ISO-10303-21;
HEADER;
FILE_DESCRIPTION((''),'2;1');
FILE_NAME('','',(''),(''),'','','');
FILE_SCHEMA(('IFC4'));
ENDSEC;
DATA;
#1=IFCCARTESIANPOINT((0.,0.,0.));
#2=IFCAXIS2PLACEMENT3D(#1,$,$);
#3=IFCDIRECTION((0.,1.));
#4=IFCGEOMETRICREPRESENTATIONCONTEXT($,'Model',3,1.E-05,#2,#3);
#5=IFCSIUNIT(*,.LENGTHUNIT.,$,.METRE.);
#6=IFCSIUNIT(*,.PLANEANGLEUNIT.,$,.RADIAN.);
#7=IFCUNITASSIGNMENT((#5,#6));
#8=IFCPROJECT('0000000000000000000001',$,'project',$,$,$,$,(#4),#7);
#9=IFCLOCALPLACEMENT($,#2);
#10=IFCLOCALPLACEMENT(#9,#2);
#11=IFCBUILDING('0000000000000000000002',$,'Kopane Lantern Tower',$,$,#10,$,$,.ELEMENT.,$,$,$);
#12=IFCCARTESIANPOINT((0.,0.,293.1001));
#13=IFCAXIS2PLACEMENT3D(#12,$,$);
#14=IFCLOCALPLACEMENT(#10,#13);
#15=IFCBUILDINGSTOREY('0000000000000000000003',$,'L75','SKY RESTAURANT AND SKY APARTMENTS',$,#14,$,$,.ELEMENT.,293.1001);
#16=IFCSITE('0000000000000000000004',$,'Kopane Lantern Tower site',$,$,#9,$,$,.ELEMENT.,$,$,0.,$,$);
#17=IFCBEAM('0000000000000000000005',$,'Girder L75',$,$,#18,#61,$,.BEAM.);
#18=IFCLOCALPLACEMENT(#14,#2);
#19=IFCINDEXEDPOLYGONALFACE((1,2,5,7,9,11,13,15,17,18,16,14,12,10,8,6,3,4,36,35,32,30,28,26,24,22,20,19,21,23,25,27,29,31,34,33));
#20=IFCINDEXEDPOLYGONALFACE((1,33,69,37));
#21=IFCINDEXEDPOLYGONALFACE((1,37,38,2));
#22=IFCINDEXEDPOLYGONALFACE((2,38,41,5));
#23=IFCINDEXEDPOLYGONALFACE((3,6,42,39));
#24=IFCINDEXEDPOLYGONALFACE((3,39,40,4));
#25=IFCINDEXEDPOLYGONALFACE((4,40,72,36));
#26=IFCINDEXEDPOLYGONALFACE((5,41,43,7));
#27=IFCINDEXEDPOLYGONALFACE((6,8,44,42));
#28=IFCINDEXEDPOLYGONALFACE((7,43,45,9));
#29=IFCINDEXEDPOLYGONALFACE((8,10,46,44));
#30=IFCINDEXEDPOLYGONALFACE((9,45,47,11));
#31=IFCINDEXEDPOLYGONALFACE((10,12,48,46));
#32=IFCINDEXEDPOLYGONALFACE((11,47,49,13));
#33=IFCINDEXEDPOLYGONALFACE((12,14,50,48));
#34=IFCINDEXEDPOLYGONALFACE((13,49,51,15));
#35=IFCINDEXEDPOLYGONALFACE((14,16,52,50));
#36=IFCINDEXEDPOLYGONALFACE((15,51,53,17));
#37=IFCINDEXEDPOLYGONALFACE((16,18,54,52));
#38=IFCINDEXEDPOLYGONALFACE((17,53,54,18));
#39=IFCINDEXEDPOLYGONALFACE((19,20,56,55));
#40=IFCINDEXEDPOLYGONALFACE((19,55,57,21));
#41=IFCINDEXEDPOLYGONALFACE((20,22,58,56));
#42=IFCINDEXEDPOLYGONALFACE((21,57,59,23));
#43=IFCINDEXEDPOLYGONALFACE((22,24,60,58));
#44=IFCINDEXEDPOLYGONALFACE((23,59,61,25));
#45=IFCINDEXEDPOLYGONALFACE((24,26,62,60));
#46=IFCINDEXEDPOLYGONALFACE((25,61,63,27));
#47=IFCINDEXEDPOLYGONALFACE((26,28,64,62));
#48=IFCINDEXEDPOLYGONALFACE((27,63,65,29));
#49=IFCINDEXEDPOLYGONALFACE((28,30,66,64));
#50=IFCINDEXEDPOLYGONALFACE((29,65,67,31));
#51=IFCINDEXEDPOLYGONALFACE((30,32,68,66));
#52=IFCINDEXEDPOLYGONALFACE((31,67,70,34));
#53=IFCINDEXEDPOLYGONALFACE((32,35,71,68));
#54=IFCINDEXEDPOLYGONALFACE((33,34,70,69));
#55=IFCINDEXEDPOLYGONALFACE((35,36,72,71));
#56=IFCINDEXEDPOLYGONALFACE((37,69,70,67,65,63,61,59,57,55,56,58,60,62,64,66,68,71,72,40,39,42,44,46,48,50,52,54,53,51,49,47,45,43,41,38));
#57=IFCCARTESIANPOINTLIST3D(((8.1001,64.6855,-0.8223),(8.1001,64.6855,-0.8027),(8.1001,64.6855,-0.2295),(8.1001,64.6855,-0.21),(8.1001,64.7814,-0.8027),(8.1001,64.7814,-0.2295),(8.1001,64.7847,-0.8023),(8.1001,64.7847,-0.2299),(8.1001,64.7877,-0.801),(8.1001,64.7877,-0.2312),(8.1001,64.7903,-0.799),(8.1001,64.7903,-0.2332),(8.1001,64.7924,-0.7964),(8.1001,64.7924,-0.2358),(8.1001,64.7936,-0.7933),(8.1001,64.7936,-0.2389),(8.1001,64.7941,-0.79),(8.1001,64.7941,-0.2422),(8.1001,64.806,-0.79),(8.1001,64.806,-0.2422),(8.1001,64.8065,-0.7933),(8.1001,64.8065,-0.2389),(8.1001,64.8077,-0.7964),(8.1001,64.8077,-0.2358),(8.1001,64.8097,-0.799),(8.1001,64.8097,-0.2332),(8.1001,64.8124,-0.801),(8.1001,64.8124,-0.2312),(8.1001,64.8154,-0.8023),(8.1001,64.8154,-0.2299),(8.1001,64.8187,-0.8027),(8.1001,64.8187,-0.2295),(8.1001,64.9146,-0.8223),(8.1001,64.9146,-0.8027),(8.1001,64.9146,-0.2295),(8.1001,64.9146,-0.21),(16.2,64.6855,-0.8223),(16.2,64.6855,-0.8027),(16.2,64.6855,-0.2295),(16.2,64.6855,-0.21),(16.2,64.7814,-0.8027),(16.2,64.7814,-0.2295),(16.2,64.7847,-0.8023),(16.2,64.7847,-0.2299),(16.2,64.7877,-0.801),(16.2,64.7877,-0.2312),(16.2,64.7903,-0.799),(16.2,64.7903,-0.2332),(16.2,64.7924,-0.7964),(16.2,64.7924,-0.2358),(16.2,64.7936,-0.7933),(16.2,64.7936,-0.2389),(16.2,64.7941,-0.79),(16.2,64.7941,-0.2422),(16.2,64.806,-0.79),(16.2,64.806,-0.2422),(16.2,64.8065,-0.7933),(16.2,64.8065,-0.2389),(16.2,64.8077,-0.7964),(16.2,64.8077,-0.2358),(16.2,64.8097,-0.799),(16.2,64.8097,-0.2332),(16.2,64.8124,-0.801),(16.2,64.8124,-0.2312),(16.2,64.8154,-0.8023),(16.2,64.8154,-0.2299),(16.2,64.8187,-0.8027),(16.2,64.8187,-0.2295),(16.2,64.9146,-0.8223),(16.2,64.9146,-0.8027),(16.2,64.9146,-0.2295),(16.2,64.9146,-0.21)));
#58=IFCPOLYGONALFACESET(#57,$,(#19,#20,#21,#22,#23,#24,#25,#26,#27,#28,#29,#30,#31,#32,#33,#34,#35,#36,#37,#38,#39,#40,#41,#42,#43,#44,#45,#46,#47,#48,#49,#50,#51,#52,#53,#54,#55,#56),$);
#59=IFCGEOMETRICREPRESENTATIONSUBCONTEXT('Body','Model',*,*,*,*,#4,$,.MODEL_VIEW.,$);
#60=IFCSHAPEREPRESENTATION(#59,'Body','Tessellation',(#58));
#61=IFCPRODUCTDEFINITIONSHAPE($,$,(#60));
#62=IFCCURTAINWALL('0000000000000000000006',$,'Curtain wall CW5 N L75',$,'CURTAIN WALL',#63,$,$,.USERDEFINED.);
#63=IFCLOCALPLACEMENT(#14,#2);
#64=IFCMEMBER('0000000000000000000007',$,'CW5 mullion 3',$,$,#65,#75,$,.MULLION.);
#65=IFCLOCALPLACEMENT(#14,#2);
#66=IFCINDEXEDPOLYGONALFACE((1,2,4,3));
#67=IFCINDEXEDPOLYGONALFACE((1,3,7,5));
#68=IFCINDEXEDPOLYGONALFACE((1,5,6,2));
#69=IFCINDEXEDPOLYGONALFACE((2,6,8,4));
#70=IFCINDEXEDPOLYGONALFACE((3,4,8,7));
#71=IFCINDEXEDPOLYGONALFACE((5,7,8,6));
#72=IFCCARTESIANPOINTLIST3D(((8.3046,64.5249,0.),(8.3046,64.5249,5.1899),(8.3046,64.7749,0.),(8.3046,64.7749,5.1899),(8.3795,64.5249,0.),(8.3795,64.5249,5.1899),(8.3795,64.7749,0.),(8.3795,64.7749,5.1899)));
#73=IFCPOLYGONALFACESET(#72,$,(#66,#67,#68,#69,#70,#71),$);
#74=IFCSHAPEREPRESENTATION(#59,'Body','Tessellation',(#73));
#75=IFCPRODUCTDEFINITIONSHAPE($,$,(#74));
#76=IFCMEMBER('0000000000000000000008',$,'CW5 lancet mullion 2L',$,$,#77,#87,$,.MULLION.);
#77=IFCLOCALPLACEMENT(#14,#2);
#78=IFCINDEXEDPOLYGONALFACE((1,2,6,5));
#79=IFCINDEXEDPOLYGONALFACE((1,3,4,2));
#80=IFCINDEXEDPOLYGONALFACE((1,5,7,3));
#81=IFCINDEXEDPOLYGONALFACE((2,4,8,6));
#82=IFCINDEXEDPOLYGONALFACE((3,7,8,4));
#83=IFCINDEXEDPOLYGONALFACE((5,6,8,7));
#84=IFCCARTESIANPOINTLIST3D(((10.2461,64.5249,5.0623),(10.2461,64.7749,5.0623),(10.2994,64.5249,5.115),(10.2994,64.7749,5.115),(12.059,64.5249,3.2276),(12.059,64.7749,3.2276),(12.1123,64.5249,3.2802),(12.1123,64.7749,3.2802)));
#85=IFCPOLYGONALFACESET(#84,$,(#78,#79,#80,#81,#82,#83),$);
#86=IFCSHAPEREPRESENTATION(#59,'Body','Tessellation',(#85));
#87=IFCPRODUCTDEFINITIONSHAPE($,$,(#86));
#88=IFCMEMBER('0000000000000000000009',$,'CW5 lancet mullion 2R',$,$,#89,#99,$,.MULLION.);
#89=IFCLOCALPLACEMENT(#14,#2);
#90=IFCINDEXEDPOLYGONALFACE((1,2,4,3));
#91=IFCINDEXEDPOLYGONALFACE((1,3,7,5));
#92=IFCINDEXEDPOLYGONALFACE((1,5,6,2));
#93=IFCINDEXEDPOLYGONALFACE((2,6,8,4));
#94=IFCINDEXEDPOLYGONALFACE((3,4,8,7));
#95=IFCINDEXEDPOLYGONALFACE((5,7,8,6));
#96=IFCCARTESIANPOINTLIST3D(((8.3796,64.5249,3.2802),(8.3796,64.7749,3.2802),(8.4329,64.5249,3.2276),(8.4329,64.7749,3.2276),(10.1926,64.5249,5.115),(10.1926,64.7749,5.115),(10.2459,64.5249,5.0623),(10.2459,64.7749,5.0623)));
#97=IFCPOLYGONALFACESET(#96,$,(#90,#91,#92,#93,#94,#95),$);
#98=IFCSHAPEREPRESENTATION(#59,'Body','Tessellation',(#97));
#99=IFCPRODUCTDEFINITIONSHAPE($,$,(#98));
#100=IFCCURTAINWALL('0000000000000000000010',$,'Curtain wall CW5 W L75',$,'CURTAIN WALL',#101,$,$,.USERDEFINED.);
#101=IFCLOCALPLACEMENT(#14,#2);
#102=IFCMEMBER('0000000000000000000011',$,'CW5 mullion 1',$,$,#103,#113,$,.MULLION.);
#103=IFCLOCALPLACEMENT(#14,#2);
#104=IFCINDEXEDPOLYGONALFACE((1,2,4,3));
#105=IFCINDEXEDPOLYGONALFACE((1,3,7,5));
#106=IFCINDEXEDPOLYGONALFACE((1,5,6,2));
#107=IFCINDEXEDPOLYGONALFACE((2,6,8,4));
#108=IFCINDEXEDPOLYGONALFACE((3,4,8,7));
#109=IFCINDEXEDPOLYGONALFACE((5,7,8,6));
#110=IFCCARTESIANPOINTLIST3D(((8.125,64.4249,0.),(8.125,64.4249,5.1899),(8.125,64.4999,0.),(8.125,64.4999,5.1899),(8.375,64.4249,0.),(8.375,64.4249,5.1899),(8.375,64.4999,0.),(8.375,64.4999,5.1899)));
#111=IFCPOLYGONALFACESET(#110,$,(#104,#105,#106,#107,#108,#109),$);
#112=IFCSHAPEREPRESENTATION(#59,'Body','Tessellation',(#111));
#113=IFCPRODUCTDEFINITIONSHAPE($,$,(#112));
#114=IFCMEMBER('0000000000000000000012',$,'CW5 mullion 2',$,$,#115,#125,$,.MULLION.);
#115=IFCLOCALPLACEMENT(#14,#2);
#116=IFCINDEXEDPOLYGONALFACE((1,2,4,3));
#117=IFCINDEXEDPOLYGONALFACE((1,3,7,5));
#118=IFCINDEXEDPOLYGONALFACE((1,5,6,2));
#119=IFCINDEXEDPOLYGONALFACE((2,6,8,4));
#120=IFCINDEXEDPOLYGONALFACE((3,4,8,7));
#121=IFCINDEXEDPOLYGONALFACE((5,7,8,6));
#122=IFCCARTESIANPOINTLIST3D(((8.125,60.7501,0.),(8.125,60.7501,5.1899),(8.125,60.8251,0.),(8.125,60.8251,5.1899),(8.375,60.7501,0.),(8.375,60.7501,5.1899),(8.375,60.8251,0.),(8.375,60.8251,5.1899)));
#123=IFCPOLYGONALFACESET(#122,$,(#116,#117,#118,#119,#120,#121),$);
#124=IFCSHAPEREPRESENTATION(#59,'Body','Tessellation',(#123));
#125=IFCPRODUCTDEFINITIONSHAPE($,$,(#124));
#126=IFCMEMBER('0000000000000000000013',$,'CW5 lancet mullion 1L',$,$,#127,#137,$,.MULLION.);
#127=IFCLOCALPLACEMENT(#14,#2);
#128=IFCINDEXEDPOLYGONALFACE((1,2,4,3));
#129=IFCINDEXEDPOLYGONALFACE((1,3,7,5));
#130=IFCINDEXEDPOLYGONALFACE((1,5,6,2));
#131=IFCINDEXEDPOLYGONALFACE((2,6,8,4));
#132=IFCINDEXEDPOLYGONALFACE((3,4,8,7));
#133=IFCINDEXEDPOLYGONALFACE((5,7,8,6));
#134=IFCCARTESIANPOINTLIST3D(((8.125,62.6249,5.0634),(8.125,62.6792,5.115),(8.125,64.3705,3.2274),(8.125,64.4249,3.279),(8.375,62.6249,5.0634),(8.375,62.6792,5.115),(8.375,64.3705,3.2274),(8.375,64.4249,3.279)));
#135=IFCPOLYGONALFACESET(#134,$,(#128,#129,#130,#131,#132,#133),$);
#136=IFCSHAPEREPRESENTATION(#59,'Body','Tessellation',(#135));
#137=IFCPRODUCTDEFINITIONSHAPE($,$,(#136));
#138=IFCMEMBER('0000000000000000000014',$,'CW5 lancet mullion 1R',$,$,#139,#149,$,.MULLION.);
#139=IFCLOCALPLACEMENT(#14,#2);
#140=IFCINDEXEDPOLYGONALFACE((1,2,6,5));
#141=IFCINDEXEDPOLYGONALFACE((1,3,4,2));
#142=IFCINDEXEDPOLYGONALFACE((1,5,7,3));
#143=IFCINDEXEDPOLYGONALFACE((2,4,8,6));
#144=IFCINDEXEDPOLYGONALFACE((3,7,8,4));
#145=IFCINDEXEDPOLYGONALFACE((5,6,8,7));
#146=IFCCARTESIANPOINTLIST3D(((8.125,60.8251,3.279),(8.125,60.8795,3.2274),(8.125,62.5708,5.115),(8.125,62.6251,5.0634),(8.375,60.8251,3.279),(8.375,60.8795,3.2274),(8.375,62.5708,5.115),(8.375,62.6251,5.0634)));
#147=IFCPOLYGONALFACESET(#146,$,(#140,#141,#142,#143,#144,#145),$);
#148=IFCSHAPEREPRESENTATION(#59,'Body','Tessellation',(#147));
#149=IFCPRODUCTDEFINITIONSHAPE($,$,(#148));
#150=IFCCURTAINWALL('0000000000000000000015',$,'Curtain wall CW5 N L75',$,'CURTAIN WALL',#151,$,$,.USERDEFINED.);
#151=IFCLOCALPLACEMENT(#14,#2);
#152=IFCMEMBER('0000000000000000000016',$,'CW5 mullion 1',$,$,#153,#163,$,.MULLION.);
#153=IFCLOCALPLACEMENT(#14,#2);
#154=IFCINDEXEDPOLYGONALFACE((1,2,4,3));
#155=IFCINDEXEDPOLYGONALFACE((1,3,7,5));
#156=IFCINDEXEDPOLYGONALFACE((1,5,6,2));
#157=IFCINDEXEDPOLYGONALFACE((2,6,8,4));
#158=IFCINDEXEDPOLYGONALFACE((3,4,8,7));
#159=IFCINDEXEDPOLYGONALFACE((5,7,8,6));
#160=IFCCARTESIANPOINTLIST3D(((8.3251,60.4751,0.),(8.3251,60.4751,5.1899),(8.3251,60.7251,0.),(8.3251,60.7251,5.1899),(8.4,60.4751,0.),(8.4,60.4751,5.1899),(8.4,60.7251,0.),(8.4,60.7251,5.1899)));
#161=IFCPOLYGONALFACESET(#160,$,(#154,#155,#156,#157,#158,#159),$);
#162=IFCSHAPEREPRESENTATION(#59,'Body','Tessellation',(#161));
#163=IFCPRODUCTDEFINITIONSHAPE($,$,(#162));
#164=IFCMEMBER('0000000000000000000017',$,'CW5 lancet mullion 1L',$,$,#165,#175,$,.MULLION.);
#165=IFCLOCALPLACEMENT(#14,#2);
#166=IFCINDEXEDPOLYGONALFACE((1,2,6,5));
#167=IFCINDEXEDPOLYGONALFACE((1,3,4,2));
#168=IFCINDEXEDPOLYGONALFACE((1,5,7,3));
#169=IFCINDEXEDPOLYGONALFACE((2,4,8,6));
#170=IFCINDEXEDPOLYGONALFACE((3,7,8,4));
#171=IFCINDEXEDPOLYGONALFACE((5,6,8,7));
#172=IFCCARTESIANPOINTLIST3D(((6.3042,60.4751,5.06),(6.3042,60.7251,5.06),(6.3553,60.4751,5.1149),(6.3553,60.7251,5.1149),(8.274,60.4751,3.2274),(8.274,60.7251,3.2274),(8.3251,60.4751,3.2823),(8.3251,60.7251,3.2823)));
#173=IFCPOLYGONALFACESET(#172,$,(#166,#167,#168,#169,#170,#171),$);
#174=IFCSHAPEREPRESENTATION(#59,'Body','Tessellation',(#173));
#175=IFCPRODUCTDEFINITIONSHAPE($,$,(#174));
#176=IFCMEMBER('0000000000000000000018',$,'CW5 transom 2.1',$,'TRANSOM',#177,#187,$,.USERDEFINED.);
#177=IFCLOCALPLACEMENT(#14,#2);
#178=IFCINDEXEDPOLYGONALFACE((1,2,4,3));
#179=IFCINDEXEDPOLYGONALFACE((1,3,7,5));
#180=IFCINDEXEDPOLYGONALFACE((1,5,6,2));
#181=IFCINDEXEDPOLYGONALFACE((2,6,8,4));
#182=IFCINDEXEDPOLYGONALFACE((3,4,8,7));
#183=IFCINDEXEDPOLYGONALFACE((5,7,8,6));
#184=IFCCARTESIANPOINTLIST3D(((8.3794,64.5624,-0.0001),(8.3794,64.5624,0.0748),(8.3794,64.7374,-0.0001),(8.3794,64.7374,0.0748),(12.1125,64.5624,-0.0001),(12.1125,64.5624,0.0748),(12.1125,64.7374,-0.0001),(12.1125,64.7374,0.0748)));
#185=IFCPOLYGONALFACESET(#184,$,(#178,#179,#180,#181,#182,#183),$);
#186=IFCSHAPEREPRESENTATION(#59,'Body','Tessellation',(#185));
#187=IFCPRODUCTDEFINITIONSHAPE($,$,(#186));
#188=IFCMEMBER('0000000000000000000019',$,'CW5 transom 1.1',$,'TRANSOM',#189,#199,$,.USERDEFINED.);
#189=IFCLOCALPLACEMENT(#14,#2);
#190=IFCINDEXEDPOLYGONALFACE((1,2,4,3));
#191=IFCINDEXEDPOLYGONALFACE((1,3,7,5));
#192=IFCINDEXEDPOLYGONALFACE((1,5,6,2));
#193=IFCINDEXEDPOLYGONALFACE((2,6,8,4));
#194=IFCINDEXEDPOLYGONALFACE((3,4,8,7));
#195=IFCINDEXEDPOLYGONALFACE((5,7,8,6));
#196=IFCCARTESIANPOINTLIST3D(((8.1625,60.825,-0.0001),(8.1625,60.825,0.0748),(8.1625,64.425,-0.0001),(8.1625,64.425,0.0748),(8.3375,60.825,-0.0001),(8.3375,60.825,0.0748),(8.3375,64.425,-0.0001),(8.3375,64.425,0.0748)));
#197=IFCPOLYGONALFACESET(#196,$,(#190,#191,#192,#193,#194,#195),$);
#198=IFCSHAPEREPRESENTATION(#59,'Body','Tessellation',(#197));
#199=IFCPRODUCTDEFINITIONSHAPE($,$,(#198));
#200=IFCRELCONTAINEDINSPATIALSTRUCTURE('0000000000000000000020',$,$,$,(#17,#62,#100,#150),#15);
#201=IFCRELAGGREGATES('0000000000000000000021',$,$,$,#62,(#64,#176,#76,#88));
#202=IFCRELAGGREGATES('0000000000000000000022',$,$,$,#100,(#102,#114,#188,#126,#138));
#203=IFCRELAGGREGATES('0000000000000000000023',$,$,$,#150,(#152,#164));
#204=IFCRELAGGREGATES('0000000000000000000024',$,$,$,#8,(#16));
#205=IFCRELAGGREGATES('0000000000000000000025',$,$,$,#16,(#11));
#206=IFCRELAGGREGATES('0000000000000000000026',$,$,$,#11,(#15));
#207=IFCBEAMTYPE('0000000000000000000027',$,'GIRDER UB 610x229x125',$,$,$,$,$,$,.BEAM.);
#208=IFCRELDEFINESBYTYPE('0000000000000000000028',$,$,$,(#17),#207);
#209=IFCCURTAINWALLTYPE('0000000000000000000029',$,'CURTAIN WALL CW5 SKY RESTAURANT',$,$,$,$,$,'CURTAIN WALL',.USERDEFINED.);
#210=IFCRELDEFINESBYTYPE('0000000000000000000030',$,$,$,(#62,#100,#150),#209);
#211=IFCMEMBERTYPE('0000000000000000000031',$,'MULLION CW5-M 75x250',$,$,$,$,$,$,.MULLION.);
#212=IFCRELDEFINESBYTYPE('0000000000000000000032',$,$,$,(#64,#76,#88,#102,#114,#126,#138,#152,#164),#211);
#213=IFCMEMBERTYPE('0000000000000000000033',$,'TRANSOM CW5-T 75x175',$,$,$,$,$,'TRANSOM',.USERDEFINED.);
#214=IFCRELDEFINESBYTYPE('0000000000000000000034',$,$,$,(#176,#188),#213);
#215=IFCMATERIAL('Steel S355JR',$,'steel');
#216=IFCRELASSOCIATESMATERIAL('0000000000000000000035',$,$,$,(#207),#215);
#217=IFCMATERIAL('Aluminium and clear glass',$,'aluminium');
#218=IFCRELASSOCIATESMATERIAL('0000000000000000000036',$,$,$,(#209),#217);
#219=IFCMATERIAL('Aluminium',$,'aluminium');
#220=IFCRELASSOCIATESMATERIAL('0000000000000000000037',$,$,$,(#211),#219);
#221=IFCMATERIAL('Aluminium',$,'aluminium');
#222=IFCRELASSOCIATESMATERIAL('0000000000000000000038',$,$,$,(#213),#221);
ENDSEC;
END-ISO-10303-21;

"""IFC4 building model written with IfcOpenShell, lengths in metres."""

from ifc_helpers import new_model, si_unit, direction, frame, origin, origin_2d, place, context, subcontext, project, spatial, rectangle, i_section, extrude, material, material_profile, profile_set, type_object, element, aggregate, save


model = new_model("IFC4")

# Units and contexts
model_context = context("Model", 3, precision=1e-05, world=origin(), true_north=direction((0.0, 1.0)))
body_context = subcontext(model_context, "Body", "Model", "MODEL_VIEW")
ifc_project = project(units=[si_unit("LENGTHUNIT", "METRE"), si_unit("PLANEANGLEUNIT", "RADIAN")], contexts=[model_context])

# Site, building, storey
site_placement = place(None, origin())
site = spatial("IfcSite", under=ifc_project, at=site_placement, Name="Kopane Lantern Tower site", CompositionType="ELEMENT", RefElevation=0.0)
building_placement = place(site_placement, origin())
building = spatial("IfcBuilding", under=site, at=building_placement, Name="Kopane Lantern Tower", CompositionType="ELEMENT")
storey_placement = place(building_placement, frame((0.0, 0.0, 293.1001)))
storey = spatial("IfcBuildingStorey", under=building, at=storey_placement, Name="L75", Description="SKY RESTAURANT AND SKY APARTMENTS", CompositionType="ELEMENT", Elevation=293.1001)

# Beam
ifc_material_1 = material(Name="Steel S355JR", Category="steel")
ifc_material_profile_1 = material_profile(ifc_material_1, i_section(OverallWidth=0.229, OverallDepth=0.6123, WebThickness=0.012, FlangeThickness=0.0195, FilletRadius=0.0127, at=origin_2d()), Name="UB 610x229x125")
ifc_profile_set_1 = profile_set([ifc_material_profile_1], Name="Steel S355JR")
beam_type = type_object("IfcBeamType", Name="GIRDER UB 610x229x125", PredefinedType="BEAM", material=ifc_profile_set_1)
beam_placement = place(storey_placement, frame((8.1001, 64.8, -0.5161), z_axis=(1.0, 0.0, 0.0), x_axis=(0.0, 1.0, 0.0)))
element("IfcBeam", 1, at=beam_placement, inside=storey, type_object=beam_type, Name="Girder L75", PredefinedType="BEAM", context=body_context, shape_type="SweptSolid", body=[
    extrude(i_section(OverallWidth=0.229, OverallDepth=0.6123, WebThickness=0.012, FlangeThickness=0.0195, FilletRadius=0.0127, at=origin_2d()), origin(), (0.0, 0.0, 1.0), 8.0999),
])

# Curtain walls, members
ifc_material_2 = material(Name="Aluminium and clear glass", Category="aluminium")
curtain_wall_type = type_object("IfcCurtainWallType", Name="CURTAIN WALL CW5 SKY RESTAURANT", ElementType="CURTAIN WALL", PredefinedType="USERDEFINED", material=ifc_material_2)
curtain_wall_1_placement = place(storey_placement, origin())
curtain_wall_1 = element("IfcCurtainWall", 2, at=curtain_wall_1_placement, inside=storey, type_object=curtain_wall_type, Name="Curtain wall CW5 N L75", ObjectType="CURTAIN WALL", PredefinedType="USERDEFINED")
ifc_material_3 = material(Name="Aluminium", Category="aluminium")
ifc_material_profile_2 = material_profile(ifc_material_3, rectangle(XDim=0.075, YDim=0.25, at=origin_2d()), Name="AL 75x250")
ifc_profile_set_2 = profile_set([ifc_material_profile_2], Name="Aluminium")
member_type_1 = type_object("IfcMemberType", Name="MULLION CW5-M 75x250", PredefinedType="MULLION", material=ifc_profile_set_2)
member_1_placement = place(storey_placement, frame((8.342, 64.6499, 0.0), z_axis=(0.0, 0.0, 1.0), x_axis=(-1.0, 0.0, 0.0)))
member_1 = element("IfcMember", 3, at=member_1_placement, type_object=member_type_1, Name="CW5 mullion 3", PredefinedType="MULLION", context=body_context, shape_type="SweptSolid", body=[
    extrude(rectangle(XDim=0.075, YDim=0.25, at=origin_2d()), origin(), (0.0, 0.0, 1.0), 5.1899),
])
member_2_placement = place(storey_placement, frame((12.0857, 64.6499, 3.2539), z_axis=(-0.702882, 0.0, 0.711306), x_axis=(0.711306, 0.0, 0.702882)))
member_2 = element("IfcMember", 4, at=member_2_placement, type_object=member_type_1, Name="CW5 lancet mullion 2L", PredefinedType="MULLION", context=body_context, shape_type="SweptSolid", body=[
    extrude(rectangle(XDim=0.075, YDim=0.25, at=origin_2d()), origin(), (0.0, 0.0, 1.0), 2.5793),
])
member_3_placement = place(storey_placement, frame((8.4062, 64.6499, 3.2539), z_axis=(0.702882, 0.0, 0.711306), x_axis=(-0.711306, 0.0, 0.702882)))
member_3 = element("IfcMember", 5, at=member_3_placement, type_object=member_type_1, Name="CW5 lancet mullion 2R", PredefinedType="MULLION", context=body_context, shape_type="SweptSolid", body=[
    extrude(rectangle(XDim=0.075, YDim=0.25, at=origin_2d()), origin(), (0.0, 0.0, 1.0), 2.5793),
])
curtain_wall_2_placement = place(storey_placement, origin())
curtain_wall_2 = element("IfcCurtainWall", 6, at=curtain_wall_2_placement, inside=storey, type_object=curtain_wall_type, Name="Curtain wall CW5 W L75", ObjectType="CURTAIN WALL", PredefinedType="USERDEFINED")
member_4_placement = place(storey_placement, frame((8.25, 64.4624, 0.0), z_axis=(0.0, 0.0, 1.0), x_axis=(0.0, -1.0, 0.0)))
member_4 = element("IfcMember", 7, at=member_4_placement, type_object=member_type_1, Name="CW5 mullion 1", PredefinedType="MULLION", context=body_context, shape_type="SweptSolid", body=[
    extrude(rectangle(XDim=0.075, YDim=0.25, at=origin_2d()), origin(), (0.0, 0.0, 1.0), 5.1899),
])
member_5_placement = place(storey_placement, frame((8.25, 60.7876, 0.0), z_axis=(0.0, 0.0, 1.0), x_axis=(0.0, -1.0, 0.0)))
member_5 = element("IfcMember", 8, at=member_5_placement, type_object=member_type_1, Name="CW5 mullion 2", PredefinedType="MULLION", context=body_context, shape_type="SweptSolid", body=[
    extrude(rectangle(XDim=0.075, YDim=0.25, at=origin_2d()), origin(), (0.0, 0.0, 1.0), 5.1899),
])
member_6_placement = place(storey_placement, frame((8.25, 64.3977, 3.2532), z_axis=(0.0, -0.689053, 0.724711), x_axis=(0.0, 0.724711, 0.689053)))
member_6 = element("IfcMember", 9, at=member_6_placement, type_object=member_type_1, Name="CW5 lancet mullion 1L", PredefinedType="MULLION", context=body_context, shape_type="SweptSolid", body=[
    extrude(rectangle(XDim=0.075, YDim=0.25, at=origin_2d()), origin(), (0.0, 0.0, 1.0), 2.5334),
])
member_7_placement = place(storey_placement, frame((8.25, 60.8523, 3.2532), z_axis=(0.0, 0.689053, 0.724711), x_axis=(0.0, -0.724711, 0.689053)))
member_7 = element("IfcMember", 10, at=member_7_placement, type_object=member_type_1, Name="CW5 lancet mullion 1R", PredefinedType="MULLION", context=body_context, shape_type="SweptSolid", body=[
    extrude(rectangle(XDim=0.075, YDim=0.25, at=origin_2d()), origin(), (0.0, 0.0, 1.0), 2.5334),
])
curtain_wall_3_placement = place(storey_placement, origin())
curtain_wall_3 = element("IfcCurtainWall", 11, at=curtain_wall_3_placement, inside=storey, type_object=curtain_wall_type, Name="Curtain wall CW5 N L75", ObjectType="CURTAIN WALL", PredefinedType="USERDEFINED")
member_8_placement = place(storey_placement, frame((8.3625, 60.6001, 0.0), z_axis=(0.0, 0.0, 1.0), x_axis=(-1.0, 0.0, 0.0)))
member_8 = element("IfcMember", 12, at=member_8_placement, type_object=member_type_1, Name="CW5 mullion 1", PredefinedType="MULLION", context=body_context, shape_type="SweptSolid", body=[
    extrude(rectangle(XDim=0.075, YDim=0.25, at=origin_2d()), origin(), (0.0, 0.0, 1.0), 5.1899),
])
member_9_placement = place(storey_placement, frame((8.2996, 60.6001, 3.2549), z_axis=(-0.732147, 0.0, 0.681147), x_axis=(0.681147, 0.0, 0.732147)))
member_9 = element("IfcMember", 13, at=member_9_placement, type_object=member_type_1, Name="CW5 lancet mullion 1L", PredefinedType="MULLION", context=body_context, shape_type="SweptSolid", body=[
    extrude(rectangle(XDim=0.075, YDim=0.25, at=origin_2d()), origin(), (0.0, 0.0, 1.0), 2.6904),
])

# Members
ifc_material_4 = material(Name="Aluminium", Category="aluminium")
ifc_material_profile_3 = material_profile(ifc_material_4, rectangle(XDim=0.175, YDim=0.075, at=origin_2d()), Name="AL 175x75")
ifc_profile_set_3 = profile_set([ifc_material_profile_3], Name="Aluminium")
member_type_2 = type_object("IfcMemberType", Name="TRANSOM CW5-T 75x175", ElementType="TRANSOM", PredefinedType="USERDEFINED", material=ifc_profile_set_3)
member_10_placement = place(storey_placement, frame((12.1125, 64.6499, 0.0374), z_axis=(-1.0, 0.0, 0.0), x_axis=(0.0, -1.0, 0.0)))
member_10 = element("IfcMember", 14, at=member_10_placement, type_object=member_type_2, Name="CW5 transom 2.1", ObjectType="TRANSOM", PredefinedType="USERDEFINED", context=body_context, shape_type="SweptSolid", body=[
    extrude(rectangle(XDim=0.175, YDim=0.075, at=origin_2d()), origin(), (0.0, 0.0, 1.0), 3.7332),
])
member_11_placement = place(storey_placement, frame((8.25, 64.425, 0.0374), z_axis=(0.0, -1.0, 0.0), x_axis=(1.0, 0.0, 0.0)))
member_11 = element("IfcMember", 15, at=member_11_placement, type_object=member_type_2, Name="CW5 transom 1.1", ObjectType="TRANSOM", PredefinedType="USERDEFINED", context=body_context, shape_type="SweptSolid", body=[
    extrude(rectangle(XDim=0.175, YDim=0.075, at=origin_2d()), origin(), (0.0, 0.0, 1.0), 3.6001),
])

aggregate(curtain_wall_1, [member_1, member_10, member_2, member_3])
aggregate(curtain_wall_2, [member_4, member_5, member_11, member_6, member_7])
aggregate(curtain_wall_3, [member_8, member_9])

save(model, "model.ifc")
